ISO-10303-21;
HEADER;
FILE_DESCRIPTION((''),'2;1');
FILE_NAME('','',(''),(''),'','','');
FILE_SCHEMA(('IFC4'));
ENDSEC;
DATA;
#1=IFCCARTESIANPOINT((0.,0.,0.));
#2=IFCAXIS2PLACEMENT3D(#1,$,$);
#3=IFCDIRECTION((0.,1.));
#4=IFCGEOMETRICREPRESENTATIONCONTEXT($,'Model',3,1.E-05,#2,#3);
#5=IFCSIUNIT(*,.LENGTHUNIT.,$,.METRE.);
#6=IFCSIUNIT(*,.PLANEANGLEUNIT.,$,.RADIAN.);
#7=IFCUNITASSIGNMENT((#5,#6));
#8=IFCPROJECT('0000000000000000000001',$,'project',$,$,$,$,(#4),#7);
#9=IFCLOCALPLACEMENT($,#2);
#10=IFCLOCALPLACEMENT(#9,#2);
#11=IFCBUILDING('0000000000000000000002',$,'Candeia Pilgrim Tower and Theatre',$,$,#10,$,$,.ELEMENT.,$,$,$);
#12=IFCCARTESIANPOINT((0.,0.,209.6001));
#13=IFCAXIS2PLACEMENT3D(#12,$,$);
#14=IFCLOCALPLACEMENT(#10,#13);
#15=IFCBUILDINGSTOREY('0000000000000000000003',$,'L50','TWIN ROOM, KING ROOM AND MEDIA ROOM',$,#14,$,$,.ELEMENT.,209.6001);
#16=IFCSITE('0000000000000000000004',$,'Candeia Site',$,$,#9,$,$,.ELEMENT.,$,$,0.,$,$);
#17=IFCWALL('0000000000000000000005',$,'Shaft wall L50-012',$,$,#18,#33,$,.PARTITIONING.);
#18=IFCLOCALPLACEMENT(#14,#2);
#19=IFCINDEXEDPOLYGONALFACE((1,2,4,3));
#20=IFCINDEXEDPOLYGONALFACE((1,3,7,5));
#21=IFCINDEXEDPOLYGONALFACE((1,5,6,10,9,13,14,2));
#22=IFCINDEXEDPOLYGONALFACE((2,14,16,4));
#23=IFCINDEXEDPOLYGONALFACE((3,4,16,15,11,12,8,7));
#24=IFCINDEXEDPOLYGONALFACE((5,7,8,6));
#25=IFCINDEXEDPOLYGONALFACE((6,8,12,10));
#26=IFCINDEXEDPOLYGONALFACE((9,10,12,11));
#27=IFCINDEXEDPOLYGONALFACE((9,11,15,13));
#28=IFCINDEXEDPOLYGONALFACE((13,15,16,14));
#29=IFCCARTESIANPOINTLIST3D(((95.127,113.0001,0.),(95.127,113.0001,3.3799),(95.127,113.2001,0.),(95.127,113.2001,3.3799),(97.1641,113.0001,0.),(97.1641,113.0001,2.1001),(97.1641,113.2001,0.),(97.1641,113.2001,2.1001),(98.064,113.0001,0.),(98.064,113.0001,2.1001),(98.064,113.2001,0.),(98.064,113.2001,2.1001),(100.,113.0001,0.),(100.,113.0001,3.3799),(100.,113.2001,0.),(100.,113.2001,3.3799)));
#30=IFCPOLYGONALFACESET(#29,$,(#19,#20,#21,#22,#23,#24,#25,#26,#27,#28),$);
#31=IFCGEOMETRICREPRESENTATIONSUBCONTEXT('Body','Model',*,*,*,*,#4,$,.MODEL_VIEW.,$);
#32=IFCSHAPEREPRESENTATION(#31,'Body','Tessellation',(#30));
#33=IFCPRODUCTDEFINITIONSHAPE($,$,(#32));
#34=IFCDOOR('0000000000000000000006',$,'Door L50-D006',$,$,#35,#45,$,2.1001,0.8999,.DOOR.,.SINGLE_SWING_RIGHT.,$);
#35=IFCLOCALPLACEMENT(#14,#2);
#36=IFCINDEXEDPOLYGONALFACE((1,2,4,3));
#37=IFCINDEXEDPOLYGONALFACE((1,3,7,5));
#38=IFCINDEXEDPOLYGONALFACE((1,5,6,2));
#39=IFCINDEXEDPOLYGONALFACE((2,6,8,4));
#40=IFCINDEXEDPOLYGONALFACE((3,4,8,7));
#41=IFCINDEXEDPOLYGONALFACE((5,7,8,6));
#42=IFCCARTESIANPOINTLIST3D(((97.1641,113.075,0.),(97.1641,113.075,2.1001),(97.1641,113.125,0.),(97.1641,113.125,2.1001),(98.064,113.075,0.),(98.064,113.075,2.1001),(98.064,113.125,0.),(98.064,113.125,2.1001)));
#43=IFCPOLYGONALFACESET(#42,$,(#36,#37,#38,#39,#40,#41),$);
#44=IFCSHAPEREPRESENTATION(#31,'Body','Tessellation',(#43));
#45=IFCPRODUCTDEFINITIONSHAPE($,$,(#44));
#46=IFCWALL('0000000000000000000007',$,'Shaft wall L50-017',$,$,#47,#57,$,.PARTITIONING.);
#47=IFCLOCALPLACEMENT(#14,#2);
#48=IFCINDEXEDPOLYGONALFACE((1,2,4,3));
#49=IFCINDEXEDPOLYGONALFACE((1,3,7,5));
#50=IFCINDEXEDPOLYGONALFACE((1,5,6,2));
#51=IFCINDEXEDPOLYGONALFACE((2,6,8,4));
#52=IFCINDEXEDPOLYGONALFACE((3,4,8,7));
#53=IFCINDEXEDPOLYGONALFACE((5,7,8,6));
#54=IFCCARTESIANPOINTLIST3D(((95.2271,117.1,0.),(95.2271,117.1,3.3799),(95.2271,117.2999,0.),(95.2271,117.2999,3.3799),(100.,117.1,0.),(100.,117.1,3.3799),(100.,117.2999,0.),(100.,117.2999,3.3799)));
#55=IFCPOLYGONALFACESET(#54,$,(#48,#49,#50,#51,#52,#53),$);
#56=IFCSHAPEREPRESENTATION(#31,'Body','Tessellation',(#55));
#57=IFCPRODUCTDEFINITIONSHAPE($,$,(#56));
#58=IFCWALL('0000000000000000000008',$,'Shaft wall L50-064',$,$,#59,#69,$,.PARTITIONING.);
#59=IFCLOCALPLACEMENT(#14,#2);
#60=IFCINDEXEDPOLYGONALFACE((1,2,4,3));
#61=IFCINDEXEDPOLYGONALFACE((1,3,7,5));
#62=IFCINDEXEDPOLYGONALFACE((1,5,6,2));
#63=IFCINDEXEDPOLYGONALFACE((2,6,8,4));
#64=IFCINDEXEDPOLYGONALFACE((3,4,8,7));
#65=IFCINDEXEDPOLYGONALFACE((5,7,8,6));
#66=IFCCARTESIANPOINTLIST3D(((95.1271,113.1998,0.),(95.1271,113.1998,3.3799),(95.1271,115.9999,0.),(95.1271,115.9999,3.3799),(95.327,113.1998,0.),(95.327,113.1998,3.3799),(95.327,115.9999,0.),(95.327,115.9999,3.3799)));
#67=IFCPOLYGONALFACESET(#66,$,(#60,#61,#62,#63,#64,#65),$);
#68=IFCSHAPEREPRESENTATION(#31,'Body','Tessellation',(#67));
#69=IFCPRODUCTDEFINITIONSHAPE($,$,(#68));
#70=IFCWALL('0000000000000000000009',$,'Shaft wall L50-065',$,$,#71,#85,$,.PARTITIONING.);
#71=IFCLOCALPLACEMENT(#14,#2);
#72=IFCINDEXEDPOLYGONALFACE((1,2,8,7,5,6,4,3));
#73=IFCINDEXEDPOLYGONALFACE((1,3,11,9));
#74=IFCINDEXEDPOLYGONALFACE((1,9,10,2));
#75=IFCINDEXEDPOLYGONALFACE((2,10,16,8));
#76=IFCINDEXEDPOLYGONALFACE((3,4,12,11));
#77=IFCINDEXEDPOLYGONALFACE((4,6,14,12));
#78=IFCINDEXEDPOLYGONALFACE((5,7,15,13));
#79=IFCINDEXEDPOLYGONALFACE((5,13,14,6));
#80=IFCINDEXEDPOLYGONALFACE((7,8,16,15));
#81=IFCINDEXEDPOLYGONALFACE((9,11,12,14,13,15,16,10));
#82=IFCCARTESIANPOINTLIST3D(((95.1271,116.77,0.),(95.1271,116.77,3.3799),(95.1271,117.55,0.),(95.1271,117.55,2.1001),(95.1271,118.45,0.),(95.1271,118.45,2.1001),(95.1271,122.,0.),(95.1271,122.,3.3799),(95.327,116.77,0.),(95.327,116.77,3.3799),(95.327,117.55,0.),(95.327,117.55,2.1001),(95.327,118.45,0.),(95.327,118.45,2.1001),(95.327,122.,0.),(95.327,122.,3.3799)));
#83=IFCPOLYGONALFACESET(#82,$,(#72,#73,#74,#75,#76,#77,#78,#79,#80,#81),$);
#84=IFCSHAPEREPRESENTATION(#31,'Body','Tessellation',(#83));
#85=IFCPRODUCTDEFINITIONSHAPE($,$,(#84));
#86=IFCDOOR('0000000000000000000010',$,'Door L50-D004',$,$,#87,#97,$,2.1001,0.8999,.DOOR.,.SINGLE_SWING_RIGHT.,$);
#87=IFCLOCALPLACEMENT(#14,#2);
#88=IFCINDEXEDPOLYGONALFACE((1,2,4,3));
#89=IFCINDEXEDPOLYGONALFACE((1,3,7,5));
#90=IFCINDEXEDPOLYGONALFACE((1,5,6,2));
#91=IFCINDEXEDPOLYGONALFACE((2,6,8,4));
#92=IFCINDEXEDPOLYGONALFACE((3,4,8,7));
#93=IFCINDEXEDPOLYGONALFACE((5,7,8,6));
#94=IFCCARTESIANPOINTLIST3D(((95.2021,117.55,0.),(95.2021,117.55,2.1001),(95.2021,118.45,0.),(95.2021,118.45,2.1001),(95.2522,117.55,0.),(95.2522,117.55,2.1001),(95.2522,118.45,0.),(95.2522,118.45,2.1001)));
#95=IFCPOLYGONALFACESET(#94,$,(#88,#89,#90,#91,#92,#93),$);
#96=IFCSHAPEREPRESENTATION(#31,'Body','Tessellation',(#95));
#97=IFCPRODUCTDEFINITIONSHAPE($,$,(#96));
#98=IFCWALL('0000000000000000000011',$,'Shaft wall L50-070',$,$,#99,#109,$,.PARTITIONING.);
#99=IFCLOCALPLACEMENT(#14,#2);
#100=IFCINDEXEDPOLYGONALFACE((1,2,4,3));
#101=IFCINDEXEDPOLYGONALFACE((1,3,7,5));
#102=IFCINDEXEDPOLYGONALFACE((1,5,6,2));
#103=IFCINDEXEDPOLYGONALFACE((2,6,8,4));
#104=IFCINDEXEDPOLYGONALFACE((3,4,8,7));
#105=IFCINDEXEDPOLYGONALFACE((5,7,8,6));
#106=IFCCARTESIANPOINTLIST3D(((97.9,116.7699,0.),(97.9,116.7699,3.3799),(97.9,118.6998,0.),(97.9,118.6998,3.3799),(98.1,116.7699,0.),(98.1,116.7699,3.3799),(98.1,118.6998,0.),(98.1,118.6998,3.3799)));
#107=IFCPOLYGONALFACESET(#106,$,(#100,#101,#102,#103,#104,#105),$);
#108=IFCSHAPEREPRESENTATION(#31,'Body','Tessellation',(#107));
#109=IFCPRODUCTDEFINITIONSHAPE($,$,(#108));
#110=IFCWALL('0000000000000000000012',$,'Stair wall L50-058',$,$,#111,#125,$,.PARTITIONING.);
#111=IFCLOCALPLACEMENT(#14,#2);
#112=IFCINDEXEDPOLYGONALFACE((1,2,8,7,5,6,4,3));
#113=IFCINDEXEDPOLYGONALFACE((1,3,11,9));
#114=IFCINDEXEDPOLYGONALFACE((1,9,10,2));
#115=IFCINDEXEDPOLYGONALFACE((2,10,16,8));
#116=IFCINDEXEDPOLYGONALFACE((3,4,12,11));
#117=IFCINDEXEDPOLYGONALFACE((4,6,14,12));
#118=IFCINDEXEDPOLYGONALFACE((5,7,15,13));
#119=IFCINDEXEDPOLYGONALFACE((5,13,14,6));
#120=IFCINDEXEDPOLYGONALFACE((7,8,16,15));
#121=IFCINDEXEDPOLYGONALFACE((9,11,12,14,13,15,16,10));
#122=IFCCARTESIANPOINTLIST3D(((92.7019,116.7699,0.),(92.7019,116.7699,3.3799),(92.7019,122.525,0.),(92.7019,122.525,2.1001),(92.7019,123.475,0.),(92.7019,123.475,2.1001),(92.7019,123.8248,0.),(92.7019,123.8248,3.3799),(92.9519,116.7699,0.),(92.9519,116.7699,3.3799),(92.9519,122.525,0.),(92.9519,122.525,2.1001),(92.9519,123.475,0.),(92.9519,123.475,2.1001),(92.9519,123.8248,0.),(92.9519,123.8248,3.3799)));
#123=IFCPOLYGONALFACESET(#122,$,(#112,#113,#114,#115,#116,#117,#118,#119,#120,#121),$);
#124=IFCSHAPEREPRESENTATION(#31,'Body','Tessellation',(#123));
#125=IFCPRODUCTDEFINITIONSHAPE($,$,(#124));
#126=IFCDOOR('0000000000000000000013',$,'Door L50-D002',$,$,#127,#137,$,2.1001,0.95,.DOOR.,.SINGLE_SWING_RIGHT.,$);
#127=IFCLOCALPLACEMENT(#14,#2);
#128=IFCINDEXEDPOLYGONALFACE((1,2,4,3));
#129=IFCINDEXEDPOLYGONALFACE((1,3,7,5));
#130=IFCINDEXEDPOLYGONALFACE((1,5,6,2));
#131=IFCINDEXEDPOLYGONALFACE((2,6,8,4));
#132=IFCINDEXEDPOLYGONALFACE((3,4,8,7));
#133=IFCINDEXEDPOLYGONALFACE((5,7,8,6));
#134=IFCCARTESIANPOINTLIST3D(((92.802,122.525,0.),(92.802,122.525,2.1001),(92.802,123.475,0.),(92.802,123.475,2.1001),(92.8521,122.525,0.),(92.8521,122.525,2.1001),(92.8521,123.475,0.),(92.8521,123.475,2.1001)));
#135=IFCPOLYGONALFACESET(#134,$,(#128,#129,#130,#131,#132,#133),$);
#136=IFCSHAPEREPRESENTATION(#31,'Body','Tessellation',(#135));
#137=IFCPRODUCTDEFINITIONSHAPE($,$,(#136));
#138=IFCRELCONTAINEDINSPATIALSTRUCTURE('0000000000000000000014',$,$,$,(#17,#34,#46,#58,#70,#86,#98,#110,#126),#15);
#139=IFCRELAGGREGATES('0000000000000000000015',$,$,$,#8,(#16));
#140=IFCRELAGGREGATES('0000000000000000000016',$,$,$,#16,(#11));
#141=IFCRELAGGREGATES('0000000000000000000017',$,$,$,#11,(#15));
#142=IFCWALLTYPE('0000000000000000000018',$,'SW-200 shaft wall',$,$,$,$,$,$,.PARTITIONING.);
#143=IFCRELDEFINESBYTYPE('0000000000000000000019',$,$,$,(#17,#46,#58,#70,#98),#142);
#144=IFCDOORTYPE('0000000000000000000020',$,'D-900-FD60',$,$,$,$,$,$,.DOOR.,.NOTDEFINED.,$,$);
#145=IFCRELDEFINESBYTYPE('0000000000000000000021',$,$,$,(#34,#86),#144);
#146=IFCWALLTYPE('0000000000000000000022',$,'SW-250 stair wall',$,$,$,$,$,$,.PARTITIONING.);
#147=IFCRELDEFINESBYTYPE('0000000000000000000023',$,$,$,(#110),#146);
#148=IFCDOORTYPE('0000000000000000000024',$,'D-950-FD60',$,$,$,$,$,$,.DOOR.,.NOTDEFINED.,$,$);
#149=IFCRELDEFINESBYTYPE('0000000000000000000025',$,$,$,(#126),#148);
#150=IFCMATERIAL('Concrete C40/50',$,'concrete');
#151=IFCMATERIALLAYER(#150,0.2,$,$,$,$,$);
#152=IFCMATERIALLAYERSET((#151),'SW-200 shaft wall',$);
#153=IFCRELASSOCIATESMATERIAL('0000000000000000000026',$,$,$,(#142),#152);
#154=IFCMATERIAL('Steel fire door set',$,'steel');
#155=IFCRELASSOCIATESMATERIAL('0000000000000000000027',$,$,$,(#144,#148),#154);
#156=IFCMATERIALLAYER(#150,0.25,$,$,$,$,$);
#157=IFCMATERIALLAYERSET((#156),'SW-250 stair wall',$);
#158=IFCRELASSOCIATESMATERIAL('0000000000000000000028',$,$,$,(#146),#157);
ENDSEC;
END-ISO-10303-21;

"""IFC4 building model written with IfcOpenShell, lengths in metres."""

from ifc_helpers import new_model, si_unit, direction, frame, frame_2d, origin, place, context, subcontext, project, spatial, rectangle, extrude, material, layer, layer_set, type_object, element, fill, save


model = new_model("IFC4")

# Units and contexts
model_context = context("Model", 3, precision=1e-05, world=origin(), true_north=direction((0.0, 1.0)))
body_context = subcontext(model_context, "Body", "Model", "MODEL_VIEW")
ifc_project = project(units=[si_unit("LENGTHUNIT", "METRE"), si_unit("PLANEANGLEUNIT", "RADIAN")], contexts=[model_context])

# Site, building, storey
site_placement = place(None, origin())
site = spatial("IfcSite", under=ifc_project, at=site_placement, Name="Candeia Site", CompositionType="ELEMENT", RefElevation=0.0)
building_placement = place(site_placement, origin())
building = spatial("IfcBuilding", under=site, at=building_placement, Name="Candeia Pilgrim Tower and Theatre", CompositionType="ELEMENT")
storey_placement = place(building_placement, frame((0.0, 0.0, 209.6001)))
storey = spatial("IfcBuildingStorey", under=building, at=storey_placement, Name="L50", Description="TWIN ROOM, KING ROOM AND MEDIA ROOM", CompositionType="ELEMENT", Elevation=209.6001)

# Shared definitions
ifc_material_1 = material(Name="Steel fire door set", Category="steel")

# Wall, opening, door
ifc_material_2 = material(Name="Concrete C40/50", Category="concrete")
ifc_layer_1 = layer(ifc_material_2, 0.2)
ifc_layer_set_1 = layer_set([ifc_layer_1], Name="SW-200 shaft wall")
wall_type_1 = type_object("IfcWallType", Name="SW-200 shaft wall", PredefinedType="PARTITIONING", material=ifc_layer_set_1)
wall_1_placement = place(storey_placement, frame((95.127, 113.1001, 0.0), z_axis=(0.0, 0.0, 1.0), x_axis=(1.0, 0.0, 0.0)))
wall_1 = element("IfcWall", 1, at=wall_1_placement, inside=storey, type_object=wall_type_1, Name="Shaft wall L50-012", PredefinedType="PARTITIONING", context=body_context, shape_type="SweptSolid", body=[
    extrude(rectangle(XDim=4.873, YDim=0.2, at=frame_2d((2.4365, 0.0))), origin(), (0.0, 0.0, 1.0), 3.3799),
])
opening_1_placement = place(wall_1_placement, frame((2.0371, 0.0, 0.0)))
opening_1 = element("IfcOpeningElement", 2, at=opening_1_placement, cuts=wall_1, PredefinedType="OPENING", context=body_context, shape_type="SweptSolid", body=[
    extrude(rectangle(XDim=0.8999, YDim=2.1001, at=frame_2d((0.45, 1.05))), frame((0.0, 0.1099, 0.0), z_axis=(0.0, -1.0, 0.0), x_axis=(1.0, 0.0, 0.0)), (0.0, 0.0, 1.0), 0.22),
])
door_type_1 = type_object("IfcDoorType", Name="D-900-FD60", OperationType="NOTDEFINED", PredefinedType="DOOR", material=ifc_material_1)
door_1_placement = place(opening_1_placement, origin())
door_1 = element("IfcDoor", 3, at=door_1_placement, inside=storey, type_object=door_type_1, Name="Door L50-D006", OperationType="SINGLE_SWING_RIGHT", OverallHeight=2.1001, OverallWidth=0.8999, PredefinedType="DOOR", context=body_context, shape_type="SweptSolid", body=[
    extrude(rectangle(XDim=0.8999, YDim=2.1001, at=frame_2d((0.45, 1.05))), frame((0.0, 0.0249, 0.0), z_axis=(0.0, -1.0, 0.0), x_axis=(1.0, 0.0, 0.0)), (0.0, 0.0, 1.0), 0.05),
])
fill(opening_1, door_1)

# Walls
wall_2_placement = place(storey_placement, frame((95.2271, 117.2, 0.0), z_axis=(0.0, 0.0, 1.0), x_axis=(1.0, 0.0, 0.0)))
element("IfcWall", 4, at=wall_2_placement, inside=storey, type_object=wall_type_1, Name="Shaft wall L50-017", PredefinedType="PARTITIONING", context=body_context, shape_type="SweptSolid", body=[
    extrude(rectangle(XDim=4.7729, YDim=0.2, at=frame_2d((2.3865, 0.0))), origin(), (0.0, 0.0, 1.0), 3.3799),
])
wall_3_placement = place(storey_placement, frame((95.2271, 113.2, 0.0), z_axis=(0.0, 0.0, 1.0), x_axis=(0.0, 1.0, 0.0)))
element("IfcWall", 5, at=wall_3_placement, inside=storey, type_object=wall_type_1, Name="Shaft wall L50-064", PredefinedType="PARTITIONING", context=body_context, shape_type="SweptSolid", body=[
    extrude(rectangle(XDim=2.8, YDim=0.2, at=frame_2d((1.3999, 0.0))), origin(), (0.0, 0.0, 1.0), 3.3799),
])

# Wall, opening, door
wall_4_placement = place(storey_placement, frame((95.2271, 116.77, 0.0), z_axis=(0.0, 0.0, 1.0), x_axis=(0.0, 1.0, 0.0)))
wall_4 = element("IfcWall", 6, at=wall_4_placement, inside=storey, type_object=wall_type_1, Name="Shaft wall L50-065", PredefinedType="PARTITIONING", context=body_context, shape_type="SweptSolid", body=[
    extrude(rectangle(XDim=5.23, YDim=0.2, at=frame_2d((2.615, 0.0))), origin(), (0.0, 0.0, 1.0), 3.3799),
])
opening_2_placement = place(wall_4_placement, frame((0.78, 0.0, 0.0)))
opening_2 = element("IfcOpeningElement", 7, at=opening_2_placement, cuts=wall_4, PredefinedType="OPENING", context=body_context, shape_type="SweptSolid", body=[
    extrude(rectangle(XDim=0.8999, YDim=2.1001, at=frame_2d((0.45, 1.05))), frame((0.0, 0.1099, 0.0), z_axis=(0.0, -1.0, 0.0), x_axis=(1.0, 0.0, 0.0)), (0.0, 0.0, 1.0), 0.22),
])
door_2_placement = place(opening_2_placement, origin())
door_2 = element("IfcDoor", 8, at=door_2_placement, inside=storey, type_object=door_type_1, Name="Door L50-D004", OperationType="SINGLE_SWING_RIGHT", OverallHeight=2.1001, OverallWidth=0.8999, PredefinedType="DOOR", context=body_context, shape_type="SweptSolid", body=[
    extrude(rectangle(XDim=0.8999, YDim=2.1001, at=frame_2d((0.45, 1.05))), frame((0.0, 0.0249, 0.0), z_axis=(0.0, -1.0, 0.0), x_axis=(1.0, 0.0, 0.0)), (0.0, 0.0, 1.0), 0.05),
])
fill(opening_2, door_2)

# Wall
wall_5_placement = place(storey_placement, frame((98.0, 116.77, 0.0), z_axis=(0.0, 0.0, 1.0), x_axis=(0.0, 1.0, 0.0)))
element("IfcWall", 9, at=wall_5_placement, inside=storey, type_object=wall_type_1, Name="Shaft wall L50-070", PredefinedType="PARTITIONING", context=body_context, shape_type="SweptSolid", body=[
    extrude(rectangle(XDim=1.9299, YDim=0.2, at=frame_2d((0.9648, 0.0))), origin(), (0.0, 0.0, 1.0), 3.3799),
])

# Wall, opening, door
ifc_layer_2 = layer(ifc_material_2, 0.25)
ifc_layer_set_2 = layer_set([ifc_layer_2], Name="SW-250 stair wall")
wall_type_2 = type_object("IfcWallType", Name="SW-250 stair wall", PredefinedType="PARTITIONING", material=ifc_layer_set_2)
wall_6_placement = place(storey_placement, frame((92.8269, 116.77, 0.0), z_axis=(0.0, 0.0, 1.0), x_axis=(0.0, 1.0, 0.0)))
wall_6 = element("IfcWall", 10, at=wall_6_placement, inside=storey, type_object=wall_type_2, Name="Stair wall L50-058", PredefinedType="PARTITIONING", context=body_context, shape_type="SweptSolid", body=[
    extrude(rectangle(XDim=7.0549, YDim=0.25, at=frame_2d((3.5273, 0.0))), origin(), (0.0, 0.0, 1.0), 3.3799),
])
opening_3_placement = place(wall_6_placement, frame((5.7549, 0.0, 0.0)))
opening_3 = element("IfcOpeningElement", 11, at=opening_3_placement, cuts=wall_6, PredefinedType="OPENING", context=body_context, shape_type="SweptSolid", body=[
    extrude(rectangle(XDim=0.95, YDim=2.1001, at=frame_2d((0.4751, 1.05))), frame((0.0, 0.135, 0.0), z_axis=(0.0, -1.0, 0.0), x_axis=(1.0, 0.0, 0.0)), (0.0, 0.0, 1.0), 0.27),
])
door_type_2 = type_object("IfcDoorType", Name="D-950-FD60", OperationType="NOTDEFINED", PredefinedType="DOOR", material=ifc_material_1)
door_3_placement = place(opening_3_placement, origin())
door_3 = element("IfcDoor", 12, at=door_3_placement, inside=storey, type_object=door_type_2, Name="Door L50-D002", OperationType="SINGLE_SWING_RIGHT", OverallHeight=2.1001, OverallWidth=0.95, PredefinedType="DOOR", context=body_context, shape_type="SweptSolid", body=[
    extrude(rectangle(XDim=0.95, YDim=2.1001, at=frame_2d((0.4751, 1.05))), frame((0.0, 0.0249, 0.0), z_axis=(0.0, -1.0, 0.0), x_axis=(1.0, 0.0, 0.0)), (0.0, 0.0, 1.0), 0.05),
])
fill(opening_3, door_3)

save(model, "model.ifc")
